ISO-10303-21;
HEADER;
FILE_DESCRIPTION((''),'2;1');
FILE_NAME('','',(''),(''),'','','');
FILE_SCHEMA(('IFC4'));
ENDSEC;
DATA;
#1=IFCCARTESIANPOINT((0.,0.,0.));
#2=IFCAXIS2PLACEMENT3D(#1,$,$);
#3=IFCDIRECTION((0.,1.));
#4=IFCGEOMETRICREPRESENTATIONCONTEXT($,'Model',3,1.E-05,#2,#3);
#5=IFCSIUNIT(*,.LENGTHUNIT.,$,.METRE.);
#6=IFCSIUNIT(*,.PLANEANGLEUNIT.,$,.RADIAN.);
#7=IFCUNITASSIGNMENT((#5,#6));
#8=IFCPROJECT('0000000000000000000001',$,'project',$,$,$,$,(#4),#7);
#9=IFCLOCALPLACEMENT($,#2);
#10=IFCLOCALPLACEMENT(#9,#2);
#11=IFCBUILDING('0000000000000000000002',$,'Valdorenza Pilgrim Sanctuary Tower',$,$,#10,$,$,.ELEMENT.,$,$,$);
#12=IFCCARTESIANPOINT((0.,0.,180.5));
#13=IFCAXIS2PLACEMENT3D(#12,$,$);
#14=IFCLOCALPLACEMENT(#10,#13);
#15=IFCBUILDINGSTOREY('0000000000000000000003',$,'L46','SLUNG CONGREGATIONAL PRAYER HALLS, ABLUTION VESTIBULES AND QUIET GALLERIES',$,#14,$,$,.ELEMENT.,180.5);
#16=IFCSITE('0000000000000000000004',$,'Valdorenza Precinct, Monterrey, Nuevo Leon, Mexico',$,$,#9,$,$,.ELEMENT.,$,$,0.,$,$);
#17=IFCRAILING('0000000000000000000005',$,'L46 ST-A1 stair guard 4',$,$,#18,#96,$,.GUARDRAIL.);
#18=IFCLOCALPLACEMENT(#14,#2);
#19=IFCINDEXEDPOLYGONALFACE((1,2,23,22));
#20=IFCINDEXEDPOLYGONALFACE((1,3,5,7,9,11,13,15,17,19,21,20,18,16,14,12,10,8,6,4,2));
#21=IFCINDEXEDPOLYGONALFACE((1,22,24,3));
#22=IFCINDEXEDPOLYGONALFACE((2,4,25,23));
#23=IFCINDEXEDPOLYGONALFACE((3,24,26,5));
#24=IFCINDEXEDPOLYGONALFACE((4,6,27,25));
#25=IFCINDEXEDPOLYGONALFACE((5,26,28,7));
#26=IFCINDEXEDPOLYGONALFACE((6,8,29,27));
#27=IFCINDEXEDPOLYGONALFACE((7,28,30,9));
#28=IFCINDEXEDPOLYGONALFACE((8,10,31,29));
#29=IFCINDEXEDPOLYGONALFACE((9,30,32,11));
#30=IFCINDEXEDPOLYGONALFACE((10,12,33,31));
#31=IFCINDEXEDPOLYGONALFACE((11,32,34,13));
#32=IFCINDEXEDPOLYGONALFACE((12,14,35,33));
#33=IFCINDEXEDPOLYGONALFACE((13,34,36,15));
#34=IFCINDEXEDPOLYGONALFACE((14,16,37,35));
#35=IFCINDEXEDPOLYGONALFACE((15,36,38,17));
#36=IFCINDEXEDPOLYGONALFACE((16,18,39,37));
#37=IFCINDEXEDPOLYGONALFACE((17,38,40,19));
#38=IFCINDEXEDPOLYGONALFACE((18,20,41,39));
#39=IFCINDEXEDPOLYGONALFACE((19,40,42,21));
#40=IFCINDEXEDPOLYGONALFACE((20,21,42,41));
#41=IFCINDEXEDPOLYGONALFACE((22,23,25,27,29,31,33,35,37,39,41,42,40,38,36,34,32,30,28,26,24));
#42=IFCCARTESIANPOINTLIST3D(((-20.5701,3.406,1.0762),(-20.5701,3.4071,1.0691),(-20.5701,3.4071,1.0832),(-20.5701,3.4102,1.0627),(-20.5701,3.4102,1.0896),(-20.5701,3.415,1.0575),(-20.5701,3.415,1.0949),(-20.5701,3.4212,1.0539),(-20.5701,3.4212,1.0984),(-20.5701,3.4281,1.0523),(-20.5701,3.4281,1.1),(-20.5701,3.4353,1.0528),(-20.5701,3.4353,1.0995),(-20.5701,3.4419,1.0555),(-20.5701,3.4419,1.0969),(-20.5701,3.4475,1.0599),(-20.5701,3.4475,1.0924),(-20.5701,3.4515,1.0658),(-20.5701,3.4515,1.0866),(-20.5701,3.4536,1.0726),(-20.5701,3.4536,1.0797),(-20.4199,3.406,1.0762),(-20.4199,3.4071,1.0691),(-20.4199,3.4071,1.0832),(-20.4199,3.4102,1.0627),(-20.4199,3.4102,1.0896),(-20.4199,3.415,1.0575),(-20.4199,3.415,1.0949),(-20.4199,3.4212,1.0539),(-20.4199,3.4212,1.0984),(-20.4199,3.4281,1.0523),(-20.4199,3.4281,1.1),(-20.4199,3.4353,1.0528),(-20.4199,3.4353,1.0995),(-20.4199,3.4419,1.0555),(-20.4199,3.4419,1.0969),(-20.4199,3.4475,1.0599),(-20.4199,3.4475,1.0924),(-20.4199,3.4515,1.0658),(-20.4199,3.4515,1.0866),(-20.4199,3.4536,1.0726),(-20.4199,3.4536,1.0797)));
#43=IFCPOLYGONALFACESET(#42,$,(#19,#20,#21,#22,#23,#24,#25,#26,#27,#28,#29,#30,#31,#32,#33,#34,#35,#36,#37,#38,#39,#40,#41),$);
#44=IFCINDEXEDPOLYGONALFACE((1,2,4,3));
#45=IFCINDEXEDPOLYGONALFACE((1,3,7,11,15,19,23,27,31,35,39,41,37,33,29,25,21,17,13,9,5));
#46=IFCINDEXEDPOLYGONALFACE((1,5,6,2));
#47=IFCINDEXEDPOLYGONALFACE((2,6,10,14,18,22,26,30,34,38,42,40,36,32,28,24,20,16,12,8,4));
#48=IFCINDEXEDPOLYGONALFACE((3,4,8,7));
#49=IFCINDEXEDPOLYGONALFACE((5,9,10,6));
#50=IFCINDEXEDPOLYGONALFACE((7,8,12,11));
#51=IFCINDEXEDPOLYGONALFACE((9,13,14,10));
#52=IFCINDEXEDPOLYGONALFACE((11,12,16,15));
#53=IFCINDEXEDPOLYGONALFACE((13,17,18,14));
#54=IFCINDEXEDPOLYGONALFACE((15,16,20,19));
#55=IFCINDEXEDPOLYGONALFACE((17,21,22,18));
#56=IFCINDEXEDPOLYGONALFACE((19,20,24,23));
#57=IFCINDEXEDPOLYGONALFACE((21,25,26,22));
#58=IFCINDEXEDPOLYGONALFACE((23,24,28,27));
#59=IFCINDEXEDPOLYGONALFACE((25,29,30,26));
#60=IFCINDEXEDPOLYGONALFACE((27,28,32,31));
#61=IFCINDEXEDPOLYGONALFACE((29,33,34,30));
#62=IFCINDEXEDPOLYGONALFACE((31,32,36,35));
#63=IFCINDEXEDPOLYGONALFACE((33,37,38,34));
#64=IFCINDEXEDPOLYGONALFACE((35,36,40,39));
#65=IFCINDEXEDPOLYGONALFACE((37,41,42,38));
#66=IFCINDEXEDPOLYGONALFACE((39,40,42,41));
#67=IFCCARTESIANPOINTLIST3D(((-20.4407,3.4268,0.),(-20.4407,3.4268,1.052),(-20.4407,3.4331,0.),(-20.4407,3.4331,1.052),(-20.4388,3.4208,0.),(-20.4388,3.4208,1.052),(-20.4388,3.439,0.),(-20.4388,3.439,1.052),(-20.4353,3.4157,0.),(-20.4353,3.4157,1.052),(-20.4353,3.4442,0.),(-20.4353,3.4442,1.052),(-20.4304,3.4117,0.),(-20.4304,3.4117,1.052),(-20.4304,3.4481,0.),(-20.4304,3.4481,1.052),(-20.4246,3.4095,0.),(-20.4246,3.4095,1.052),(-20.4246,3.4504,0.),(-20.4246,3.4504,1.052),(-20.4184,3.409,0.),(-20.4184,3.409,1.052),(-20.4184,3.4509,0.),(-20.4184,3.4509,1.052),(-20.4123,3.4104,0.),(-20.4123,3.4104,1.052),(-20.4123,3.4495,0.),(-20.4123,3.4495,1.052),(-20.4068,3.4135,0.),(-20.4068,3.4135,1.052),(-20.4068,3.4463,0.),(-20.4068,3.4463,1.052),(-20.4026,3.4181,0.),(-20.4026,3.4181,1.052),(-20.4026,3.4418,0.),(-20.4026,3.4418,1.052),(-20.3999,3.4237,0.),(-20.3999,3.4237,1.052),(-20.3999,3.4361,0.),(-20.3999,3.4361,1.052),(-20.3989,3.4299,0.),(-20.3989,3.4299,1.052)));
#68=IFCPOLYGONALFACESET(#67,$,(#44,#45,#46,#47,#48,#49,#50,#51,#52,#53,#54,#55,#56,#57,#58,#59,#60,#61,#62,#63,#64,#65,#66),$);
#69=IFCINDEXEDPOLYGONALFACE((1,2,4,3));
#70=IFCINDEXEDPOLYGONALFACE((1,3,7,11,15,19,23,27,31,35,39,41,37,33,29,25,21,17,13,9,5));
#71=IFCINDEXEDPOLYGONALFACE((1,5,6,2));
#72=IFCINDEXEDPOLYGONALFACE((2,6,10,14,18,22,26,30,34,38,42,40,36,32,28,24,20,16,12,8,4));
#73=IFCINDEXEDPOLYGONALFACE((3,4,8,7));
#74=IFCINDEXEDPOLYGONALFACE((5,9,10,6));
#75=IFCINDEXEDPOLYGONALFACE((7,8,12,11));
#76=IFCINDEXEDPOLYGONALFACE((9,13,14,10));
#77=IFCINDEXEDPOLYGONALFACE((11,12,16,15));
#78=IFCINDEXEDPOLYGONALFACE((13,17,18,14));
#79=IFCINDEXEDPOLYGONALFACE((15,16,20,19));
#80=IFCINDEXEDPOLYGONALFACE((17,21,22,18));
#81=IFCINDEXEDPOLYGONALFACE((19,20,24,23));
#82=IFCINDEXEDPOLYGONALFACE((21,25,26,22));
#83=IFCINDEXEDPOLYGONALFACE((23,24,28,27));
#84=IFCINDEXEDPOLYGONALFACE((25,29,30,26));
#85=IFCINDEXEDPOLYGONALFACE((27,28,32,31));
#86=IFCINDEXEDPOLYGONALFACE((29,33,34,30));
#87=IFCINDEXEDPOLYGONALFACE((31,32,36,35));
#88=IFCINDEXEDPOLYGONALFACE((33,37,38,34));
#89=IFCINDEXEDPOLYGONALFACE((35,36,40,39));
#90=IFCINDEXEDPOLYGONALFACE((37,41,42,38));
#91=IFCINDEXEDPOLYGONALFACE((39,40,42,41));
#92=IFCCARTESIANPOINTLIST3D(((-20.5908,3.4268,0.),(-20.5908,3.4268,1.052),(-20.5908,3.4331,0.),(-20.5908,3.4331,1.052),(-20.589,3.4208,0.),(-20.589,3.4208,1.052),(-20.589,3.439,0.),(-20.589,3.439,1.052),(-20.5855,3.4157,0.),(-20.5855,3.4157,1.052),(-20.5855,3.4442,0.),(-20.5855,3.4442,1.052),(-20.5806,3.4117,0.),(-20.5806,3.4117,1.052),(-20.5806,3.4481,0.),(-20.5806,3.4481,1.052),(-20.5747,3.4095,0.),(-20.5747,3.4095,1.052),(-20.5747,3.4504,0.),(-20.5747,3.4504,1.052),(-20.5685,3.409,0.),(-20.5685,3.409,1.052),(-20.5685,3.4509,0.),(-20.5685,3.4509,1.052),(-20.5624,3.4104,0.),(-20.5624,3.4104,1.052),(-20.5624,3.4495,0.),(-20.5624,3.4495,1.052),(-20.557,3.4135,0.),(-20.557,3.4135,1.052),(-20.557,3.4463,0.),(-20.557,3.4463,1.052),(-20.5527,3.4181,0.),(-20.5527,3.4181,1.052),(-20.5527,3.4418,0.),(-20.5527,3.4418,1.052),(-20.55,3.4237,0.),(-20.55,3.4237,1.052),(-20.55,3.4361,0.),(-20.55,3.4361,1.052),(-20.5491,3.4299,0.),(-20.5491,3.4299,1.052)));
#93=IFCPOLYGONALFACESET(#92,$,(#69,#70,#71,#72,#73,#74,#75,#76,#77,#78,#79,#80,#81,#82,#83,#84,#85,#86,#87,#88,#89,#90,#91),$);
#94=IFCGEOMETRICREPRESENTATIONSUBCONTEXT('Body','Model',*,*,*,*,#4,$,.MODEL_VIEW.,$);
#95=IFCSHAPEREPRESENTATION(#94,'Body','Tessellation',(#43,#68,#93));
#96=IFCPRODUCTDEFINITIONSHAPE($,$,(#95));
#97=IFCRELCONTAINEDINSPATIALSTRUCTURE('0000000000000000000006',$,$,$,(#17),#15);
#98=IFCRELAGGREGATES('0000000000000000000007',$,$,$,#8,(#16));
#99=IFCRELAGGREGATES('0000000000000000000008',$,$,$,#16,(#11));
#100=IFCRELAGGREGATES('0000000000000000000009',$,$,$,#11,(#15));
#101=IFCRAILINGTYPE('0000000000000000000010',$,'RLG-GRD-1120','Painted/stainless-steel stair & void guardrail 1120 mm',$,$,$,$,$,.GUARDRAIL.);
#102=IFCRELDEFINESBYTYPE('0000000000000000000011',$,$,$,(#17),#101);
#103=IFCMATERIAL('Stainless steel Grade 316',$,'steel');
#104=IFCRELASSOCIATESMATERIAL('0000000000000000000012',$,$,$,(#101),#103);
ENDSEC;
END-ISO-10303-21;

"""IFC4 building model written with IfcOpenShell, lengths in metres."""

from ifc_helpers import new_model, si_unit, direction, frame, origin, origin_2d, place, context, subcontext, project, spatial, circle, extrude, material, type_object, element, save


model = new_model("IFC4")

# Units and contexts
model_context = context("Model", 3, precision=1e-05, world=origin(), true_north=direction((0.0, 1.0)))
body_context = subcontext(model_context, "Body", "Model", "MODEL_VIEW")
ifc_project = project(units=[si_unit("LENGTHUNIT", "METRE"), si_unit("PLANEANGLEUNIT", "RADIAN")], contexts=[model_context])

# Site, building, storey
site_placement = place(None, origin())
site = spatial("IfcSite", under=ifc_project, at=site_placement, Name="Valdorenza Precinct, Monterrey, Nuevo Leon, Mexico", CompositionType="ELEMENT", RefElevation=0.0)
building_placement = place(site_placement, origin())
building = spatial("IfcBuilding", under=site, at=building_placement, Name="Valdorenza Pilgrim Sanctuary Tower", CompositionType="ELEMENT")
storey_placement = place(building_placement, frame((0.0, 0.0, 180.5)))
storey = spatial("IfcBuildingStorey", under=building, at=storey_placement, Name="L46", Description="SLUNG CONGREGATIONAL PRAYER HALLS, ABLUTION VESTIBULES AND QUIET GALLERIES", CompositionType="ELEMENT", Elevation=180.5)

# Railing
ifc_material_1 = material(Name="Stainless steel Grade 316", Category="steel")
railing_type_1 = type_object("IfcRailingType", Name="RLG-GRD-1120", Description="Painted/stainless-steel stair & void guardrail 1120 mm", PredefinedType="GUARDRAIL", material=ifc_material_1)
railing_1_placement = place(storey_placement, frame((-20.4199, 3.4299, 0.0)))
element("IfcRailing", 1, at=railing_1_placement, inside=storey, type_object=railing_type_1, Name="L46 ST-A1 stair guard 4", PredefinedType="GUARDRAIL", context=body_context, shape_type="SweptSolid", body=[
    extrude(circle(Radius=0.0239, at=origin_2d()), frame((0.0, 0.0, 1.0762), z_axis=(-1.0, 0.0, 0.0), x_axis=(0.0, -1.0, 0.0)), (0.0, 0.0, 1.0), 0.1501),
    extrude(circle(Radius=0.021, at=origin_2d()), origin(), (0.0, 0.0, 1.0), 1.052),
    extrude(circle(Radius=0.021, at=origin_2d()), frame((-0.1501, 0.0, 0.0)), (0.0, 0.0, 1.0), 1.052),
])

save(model, "model.ifc")
